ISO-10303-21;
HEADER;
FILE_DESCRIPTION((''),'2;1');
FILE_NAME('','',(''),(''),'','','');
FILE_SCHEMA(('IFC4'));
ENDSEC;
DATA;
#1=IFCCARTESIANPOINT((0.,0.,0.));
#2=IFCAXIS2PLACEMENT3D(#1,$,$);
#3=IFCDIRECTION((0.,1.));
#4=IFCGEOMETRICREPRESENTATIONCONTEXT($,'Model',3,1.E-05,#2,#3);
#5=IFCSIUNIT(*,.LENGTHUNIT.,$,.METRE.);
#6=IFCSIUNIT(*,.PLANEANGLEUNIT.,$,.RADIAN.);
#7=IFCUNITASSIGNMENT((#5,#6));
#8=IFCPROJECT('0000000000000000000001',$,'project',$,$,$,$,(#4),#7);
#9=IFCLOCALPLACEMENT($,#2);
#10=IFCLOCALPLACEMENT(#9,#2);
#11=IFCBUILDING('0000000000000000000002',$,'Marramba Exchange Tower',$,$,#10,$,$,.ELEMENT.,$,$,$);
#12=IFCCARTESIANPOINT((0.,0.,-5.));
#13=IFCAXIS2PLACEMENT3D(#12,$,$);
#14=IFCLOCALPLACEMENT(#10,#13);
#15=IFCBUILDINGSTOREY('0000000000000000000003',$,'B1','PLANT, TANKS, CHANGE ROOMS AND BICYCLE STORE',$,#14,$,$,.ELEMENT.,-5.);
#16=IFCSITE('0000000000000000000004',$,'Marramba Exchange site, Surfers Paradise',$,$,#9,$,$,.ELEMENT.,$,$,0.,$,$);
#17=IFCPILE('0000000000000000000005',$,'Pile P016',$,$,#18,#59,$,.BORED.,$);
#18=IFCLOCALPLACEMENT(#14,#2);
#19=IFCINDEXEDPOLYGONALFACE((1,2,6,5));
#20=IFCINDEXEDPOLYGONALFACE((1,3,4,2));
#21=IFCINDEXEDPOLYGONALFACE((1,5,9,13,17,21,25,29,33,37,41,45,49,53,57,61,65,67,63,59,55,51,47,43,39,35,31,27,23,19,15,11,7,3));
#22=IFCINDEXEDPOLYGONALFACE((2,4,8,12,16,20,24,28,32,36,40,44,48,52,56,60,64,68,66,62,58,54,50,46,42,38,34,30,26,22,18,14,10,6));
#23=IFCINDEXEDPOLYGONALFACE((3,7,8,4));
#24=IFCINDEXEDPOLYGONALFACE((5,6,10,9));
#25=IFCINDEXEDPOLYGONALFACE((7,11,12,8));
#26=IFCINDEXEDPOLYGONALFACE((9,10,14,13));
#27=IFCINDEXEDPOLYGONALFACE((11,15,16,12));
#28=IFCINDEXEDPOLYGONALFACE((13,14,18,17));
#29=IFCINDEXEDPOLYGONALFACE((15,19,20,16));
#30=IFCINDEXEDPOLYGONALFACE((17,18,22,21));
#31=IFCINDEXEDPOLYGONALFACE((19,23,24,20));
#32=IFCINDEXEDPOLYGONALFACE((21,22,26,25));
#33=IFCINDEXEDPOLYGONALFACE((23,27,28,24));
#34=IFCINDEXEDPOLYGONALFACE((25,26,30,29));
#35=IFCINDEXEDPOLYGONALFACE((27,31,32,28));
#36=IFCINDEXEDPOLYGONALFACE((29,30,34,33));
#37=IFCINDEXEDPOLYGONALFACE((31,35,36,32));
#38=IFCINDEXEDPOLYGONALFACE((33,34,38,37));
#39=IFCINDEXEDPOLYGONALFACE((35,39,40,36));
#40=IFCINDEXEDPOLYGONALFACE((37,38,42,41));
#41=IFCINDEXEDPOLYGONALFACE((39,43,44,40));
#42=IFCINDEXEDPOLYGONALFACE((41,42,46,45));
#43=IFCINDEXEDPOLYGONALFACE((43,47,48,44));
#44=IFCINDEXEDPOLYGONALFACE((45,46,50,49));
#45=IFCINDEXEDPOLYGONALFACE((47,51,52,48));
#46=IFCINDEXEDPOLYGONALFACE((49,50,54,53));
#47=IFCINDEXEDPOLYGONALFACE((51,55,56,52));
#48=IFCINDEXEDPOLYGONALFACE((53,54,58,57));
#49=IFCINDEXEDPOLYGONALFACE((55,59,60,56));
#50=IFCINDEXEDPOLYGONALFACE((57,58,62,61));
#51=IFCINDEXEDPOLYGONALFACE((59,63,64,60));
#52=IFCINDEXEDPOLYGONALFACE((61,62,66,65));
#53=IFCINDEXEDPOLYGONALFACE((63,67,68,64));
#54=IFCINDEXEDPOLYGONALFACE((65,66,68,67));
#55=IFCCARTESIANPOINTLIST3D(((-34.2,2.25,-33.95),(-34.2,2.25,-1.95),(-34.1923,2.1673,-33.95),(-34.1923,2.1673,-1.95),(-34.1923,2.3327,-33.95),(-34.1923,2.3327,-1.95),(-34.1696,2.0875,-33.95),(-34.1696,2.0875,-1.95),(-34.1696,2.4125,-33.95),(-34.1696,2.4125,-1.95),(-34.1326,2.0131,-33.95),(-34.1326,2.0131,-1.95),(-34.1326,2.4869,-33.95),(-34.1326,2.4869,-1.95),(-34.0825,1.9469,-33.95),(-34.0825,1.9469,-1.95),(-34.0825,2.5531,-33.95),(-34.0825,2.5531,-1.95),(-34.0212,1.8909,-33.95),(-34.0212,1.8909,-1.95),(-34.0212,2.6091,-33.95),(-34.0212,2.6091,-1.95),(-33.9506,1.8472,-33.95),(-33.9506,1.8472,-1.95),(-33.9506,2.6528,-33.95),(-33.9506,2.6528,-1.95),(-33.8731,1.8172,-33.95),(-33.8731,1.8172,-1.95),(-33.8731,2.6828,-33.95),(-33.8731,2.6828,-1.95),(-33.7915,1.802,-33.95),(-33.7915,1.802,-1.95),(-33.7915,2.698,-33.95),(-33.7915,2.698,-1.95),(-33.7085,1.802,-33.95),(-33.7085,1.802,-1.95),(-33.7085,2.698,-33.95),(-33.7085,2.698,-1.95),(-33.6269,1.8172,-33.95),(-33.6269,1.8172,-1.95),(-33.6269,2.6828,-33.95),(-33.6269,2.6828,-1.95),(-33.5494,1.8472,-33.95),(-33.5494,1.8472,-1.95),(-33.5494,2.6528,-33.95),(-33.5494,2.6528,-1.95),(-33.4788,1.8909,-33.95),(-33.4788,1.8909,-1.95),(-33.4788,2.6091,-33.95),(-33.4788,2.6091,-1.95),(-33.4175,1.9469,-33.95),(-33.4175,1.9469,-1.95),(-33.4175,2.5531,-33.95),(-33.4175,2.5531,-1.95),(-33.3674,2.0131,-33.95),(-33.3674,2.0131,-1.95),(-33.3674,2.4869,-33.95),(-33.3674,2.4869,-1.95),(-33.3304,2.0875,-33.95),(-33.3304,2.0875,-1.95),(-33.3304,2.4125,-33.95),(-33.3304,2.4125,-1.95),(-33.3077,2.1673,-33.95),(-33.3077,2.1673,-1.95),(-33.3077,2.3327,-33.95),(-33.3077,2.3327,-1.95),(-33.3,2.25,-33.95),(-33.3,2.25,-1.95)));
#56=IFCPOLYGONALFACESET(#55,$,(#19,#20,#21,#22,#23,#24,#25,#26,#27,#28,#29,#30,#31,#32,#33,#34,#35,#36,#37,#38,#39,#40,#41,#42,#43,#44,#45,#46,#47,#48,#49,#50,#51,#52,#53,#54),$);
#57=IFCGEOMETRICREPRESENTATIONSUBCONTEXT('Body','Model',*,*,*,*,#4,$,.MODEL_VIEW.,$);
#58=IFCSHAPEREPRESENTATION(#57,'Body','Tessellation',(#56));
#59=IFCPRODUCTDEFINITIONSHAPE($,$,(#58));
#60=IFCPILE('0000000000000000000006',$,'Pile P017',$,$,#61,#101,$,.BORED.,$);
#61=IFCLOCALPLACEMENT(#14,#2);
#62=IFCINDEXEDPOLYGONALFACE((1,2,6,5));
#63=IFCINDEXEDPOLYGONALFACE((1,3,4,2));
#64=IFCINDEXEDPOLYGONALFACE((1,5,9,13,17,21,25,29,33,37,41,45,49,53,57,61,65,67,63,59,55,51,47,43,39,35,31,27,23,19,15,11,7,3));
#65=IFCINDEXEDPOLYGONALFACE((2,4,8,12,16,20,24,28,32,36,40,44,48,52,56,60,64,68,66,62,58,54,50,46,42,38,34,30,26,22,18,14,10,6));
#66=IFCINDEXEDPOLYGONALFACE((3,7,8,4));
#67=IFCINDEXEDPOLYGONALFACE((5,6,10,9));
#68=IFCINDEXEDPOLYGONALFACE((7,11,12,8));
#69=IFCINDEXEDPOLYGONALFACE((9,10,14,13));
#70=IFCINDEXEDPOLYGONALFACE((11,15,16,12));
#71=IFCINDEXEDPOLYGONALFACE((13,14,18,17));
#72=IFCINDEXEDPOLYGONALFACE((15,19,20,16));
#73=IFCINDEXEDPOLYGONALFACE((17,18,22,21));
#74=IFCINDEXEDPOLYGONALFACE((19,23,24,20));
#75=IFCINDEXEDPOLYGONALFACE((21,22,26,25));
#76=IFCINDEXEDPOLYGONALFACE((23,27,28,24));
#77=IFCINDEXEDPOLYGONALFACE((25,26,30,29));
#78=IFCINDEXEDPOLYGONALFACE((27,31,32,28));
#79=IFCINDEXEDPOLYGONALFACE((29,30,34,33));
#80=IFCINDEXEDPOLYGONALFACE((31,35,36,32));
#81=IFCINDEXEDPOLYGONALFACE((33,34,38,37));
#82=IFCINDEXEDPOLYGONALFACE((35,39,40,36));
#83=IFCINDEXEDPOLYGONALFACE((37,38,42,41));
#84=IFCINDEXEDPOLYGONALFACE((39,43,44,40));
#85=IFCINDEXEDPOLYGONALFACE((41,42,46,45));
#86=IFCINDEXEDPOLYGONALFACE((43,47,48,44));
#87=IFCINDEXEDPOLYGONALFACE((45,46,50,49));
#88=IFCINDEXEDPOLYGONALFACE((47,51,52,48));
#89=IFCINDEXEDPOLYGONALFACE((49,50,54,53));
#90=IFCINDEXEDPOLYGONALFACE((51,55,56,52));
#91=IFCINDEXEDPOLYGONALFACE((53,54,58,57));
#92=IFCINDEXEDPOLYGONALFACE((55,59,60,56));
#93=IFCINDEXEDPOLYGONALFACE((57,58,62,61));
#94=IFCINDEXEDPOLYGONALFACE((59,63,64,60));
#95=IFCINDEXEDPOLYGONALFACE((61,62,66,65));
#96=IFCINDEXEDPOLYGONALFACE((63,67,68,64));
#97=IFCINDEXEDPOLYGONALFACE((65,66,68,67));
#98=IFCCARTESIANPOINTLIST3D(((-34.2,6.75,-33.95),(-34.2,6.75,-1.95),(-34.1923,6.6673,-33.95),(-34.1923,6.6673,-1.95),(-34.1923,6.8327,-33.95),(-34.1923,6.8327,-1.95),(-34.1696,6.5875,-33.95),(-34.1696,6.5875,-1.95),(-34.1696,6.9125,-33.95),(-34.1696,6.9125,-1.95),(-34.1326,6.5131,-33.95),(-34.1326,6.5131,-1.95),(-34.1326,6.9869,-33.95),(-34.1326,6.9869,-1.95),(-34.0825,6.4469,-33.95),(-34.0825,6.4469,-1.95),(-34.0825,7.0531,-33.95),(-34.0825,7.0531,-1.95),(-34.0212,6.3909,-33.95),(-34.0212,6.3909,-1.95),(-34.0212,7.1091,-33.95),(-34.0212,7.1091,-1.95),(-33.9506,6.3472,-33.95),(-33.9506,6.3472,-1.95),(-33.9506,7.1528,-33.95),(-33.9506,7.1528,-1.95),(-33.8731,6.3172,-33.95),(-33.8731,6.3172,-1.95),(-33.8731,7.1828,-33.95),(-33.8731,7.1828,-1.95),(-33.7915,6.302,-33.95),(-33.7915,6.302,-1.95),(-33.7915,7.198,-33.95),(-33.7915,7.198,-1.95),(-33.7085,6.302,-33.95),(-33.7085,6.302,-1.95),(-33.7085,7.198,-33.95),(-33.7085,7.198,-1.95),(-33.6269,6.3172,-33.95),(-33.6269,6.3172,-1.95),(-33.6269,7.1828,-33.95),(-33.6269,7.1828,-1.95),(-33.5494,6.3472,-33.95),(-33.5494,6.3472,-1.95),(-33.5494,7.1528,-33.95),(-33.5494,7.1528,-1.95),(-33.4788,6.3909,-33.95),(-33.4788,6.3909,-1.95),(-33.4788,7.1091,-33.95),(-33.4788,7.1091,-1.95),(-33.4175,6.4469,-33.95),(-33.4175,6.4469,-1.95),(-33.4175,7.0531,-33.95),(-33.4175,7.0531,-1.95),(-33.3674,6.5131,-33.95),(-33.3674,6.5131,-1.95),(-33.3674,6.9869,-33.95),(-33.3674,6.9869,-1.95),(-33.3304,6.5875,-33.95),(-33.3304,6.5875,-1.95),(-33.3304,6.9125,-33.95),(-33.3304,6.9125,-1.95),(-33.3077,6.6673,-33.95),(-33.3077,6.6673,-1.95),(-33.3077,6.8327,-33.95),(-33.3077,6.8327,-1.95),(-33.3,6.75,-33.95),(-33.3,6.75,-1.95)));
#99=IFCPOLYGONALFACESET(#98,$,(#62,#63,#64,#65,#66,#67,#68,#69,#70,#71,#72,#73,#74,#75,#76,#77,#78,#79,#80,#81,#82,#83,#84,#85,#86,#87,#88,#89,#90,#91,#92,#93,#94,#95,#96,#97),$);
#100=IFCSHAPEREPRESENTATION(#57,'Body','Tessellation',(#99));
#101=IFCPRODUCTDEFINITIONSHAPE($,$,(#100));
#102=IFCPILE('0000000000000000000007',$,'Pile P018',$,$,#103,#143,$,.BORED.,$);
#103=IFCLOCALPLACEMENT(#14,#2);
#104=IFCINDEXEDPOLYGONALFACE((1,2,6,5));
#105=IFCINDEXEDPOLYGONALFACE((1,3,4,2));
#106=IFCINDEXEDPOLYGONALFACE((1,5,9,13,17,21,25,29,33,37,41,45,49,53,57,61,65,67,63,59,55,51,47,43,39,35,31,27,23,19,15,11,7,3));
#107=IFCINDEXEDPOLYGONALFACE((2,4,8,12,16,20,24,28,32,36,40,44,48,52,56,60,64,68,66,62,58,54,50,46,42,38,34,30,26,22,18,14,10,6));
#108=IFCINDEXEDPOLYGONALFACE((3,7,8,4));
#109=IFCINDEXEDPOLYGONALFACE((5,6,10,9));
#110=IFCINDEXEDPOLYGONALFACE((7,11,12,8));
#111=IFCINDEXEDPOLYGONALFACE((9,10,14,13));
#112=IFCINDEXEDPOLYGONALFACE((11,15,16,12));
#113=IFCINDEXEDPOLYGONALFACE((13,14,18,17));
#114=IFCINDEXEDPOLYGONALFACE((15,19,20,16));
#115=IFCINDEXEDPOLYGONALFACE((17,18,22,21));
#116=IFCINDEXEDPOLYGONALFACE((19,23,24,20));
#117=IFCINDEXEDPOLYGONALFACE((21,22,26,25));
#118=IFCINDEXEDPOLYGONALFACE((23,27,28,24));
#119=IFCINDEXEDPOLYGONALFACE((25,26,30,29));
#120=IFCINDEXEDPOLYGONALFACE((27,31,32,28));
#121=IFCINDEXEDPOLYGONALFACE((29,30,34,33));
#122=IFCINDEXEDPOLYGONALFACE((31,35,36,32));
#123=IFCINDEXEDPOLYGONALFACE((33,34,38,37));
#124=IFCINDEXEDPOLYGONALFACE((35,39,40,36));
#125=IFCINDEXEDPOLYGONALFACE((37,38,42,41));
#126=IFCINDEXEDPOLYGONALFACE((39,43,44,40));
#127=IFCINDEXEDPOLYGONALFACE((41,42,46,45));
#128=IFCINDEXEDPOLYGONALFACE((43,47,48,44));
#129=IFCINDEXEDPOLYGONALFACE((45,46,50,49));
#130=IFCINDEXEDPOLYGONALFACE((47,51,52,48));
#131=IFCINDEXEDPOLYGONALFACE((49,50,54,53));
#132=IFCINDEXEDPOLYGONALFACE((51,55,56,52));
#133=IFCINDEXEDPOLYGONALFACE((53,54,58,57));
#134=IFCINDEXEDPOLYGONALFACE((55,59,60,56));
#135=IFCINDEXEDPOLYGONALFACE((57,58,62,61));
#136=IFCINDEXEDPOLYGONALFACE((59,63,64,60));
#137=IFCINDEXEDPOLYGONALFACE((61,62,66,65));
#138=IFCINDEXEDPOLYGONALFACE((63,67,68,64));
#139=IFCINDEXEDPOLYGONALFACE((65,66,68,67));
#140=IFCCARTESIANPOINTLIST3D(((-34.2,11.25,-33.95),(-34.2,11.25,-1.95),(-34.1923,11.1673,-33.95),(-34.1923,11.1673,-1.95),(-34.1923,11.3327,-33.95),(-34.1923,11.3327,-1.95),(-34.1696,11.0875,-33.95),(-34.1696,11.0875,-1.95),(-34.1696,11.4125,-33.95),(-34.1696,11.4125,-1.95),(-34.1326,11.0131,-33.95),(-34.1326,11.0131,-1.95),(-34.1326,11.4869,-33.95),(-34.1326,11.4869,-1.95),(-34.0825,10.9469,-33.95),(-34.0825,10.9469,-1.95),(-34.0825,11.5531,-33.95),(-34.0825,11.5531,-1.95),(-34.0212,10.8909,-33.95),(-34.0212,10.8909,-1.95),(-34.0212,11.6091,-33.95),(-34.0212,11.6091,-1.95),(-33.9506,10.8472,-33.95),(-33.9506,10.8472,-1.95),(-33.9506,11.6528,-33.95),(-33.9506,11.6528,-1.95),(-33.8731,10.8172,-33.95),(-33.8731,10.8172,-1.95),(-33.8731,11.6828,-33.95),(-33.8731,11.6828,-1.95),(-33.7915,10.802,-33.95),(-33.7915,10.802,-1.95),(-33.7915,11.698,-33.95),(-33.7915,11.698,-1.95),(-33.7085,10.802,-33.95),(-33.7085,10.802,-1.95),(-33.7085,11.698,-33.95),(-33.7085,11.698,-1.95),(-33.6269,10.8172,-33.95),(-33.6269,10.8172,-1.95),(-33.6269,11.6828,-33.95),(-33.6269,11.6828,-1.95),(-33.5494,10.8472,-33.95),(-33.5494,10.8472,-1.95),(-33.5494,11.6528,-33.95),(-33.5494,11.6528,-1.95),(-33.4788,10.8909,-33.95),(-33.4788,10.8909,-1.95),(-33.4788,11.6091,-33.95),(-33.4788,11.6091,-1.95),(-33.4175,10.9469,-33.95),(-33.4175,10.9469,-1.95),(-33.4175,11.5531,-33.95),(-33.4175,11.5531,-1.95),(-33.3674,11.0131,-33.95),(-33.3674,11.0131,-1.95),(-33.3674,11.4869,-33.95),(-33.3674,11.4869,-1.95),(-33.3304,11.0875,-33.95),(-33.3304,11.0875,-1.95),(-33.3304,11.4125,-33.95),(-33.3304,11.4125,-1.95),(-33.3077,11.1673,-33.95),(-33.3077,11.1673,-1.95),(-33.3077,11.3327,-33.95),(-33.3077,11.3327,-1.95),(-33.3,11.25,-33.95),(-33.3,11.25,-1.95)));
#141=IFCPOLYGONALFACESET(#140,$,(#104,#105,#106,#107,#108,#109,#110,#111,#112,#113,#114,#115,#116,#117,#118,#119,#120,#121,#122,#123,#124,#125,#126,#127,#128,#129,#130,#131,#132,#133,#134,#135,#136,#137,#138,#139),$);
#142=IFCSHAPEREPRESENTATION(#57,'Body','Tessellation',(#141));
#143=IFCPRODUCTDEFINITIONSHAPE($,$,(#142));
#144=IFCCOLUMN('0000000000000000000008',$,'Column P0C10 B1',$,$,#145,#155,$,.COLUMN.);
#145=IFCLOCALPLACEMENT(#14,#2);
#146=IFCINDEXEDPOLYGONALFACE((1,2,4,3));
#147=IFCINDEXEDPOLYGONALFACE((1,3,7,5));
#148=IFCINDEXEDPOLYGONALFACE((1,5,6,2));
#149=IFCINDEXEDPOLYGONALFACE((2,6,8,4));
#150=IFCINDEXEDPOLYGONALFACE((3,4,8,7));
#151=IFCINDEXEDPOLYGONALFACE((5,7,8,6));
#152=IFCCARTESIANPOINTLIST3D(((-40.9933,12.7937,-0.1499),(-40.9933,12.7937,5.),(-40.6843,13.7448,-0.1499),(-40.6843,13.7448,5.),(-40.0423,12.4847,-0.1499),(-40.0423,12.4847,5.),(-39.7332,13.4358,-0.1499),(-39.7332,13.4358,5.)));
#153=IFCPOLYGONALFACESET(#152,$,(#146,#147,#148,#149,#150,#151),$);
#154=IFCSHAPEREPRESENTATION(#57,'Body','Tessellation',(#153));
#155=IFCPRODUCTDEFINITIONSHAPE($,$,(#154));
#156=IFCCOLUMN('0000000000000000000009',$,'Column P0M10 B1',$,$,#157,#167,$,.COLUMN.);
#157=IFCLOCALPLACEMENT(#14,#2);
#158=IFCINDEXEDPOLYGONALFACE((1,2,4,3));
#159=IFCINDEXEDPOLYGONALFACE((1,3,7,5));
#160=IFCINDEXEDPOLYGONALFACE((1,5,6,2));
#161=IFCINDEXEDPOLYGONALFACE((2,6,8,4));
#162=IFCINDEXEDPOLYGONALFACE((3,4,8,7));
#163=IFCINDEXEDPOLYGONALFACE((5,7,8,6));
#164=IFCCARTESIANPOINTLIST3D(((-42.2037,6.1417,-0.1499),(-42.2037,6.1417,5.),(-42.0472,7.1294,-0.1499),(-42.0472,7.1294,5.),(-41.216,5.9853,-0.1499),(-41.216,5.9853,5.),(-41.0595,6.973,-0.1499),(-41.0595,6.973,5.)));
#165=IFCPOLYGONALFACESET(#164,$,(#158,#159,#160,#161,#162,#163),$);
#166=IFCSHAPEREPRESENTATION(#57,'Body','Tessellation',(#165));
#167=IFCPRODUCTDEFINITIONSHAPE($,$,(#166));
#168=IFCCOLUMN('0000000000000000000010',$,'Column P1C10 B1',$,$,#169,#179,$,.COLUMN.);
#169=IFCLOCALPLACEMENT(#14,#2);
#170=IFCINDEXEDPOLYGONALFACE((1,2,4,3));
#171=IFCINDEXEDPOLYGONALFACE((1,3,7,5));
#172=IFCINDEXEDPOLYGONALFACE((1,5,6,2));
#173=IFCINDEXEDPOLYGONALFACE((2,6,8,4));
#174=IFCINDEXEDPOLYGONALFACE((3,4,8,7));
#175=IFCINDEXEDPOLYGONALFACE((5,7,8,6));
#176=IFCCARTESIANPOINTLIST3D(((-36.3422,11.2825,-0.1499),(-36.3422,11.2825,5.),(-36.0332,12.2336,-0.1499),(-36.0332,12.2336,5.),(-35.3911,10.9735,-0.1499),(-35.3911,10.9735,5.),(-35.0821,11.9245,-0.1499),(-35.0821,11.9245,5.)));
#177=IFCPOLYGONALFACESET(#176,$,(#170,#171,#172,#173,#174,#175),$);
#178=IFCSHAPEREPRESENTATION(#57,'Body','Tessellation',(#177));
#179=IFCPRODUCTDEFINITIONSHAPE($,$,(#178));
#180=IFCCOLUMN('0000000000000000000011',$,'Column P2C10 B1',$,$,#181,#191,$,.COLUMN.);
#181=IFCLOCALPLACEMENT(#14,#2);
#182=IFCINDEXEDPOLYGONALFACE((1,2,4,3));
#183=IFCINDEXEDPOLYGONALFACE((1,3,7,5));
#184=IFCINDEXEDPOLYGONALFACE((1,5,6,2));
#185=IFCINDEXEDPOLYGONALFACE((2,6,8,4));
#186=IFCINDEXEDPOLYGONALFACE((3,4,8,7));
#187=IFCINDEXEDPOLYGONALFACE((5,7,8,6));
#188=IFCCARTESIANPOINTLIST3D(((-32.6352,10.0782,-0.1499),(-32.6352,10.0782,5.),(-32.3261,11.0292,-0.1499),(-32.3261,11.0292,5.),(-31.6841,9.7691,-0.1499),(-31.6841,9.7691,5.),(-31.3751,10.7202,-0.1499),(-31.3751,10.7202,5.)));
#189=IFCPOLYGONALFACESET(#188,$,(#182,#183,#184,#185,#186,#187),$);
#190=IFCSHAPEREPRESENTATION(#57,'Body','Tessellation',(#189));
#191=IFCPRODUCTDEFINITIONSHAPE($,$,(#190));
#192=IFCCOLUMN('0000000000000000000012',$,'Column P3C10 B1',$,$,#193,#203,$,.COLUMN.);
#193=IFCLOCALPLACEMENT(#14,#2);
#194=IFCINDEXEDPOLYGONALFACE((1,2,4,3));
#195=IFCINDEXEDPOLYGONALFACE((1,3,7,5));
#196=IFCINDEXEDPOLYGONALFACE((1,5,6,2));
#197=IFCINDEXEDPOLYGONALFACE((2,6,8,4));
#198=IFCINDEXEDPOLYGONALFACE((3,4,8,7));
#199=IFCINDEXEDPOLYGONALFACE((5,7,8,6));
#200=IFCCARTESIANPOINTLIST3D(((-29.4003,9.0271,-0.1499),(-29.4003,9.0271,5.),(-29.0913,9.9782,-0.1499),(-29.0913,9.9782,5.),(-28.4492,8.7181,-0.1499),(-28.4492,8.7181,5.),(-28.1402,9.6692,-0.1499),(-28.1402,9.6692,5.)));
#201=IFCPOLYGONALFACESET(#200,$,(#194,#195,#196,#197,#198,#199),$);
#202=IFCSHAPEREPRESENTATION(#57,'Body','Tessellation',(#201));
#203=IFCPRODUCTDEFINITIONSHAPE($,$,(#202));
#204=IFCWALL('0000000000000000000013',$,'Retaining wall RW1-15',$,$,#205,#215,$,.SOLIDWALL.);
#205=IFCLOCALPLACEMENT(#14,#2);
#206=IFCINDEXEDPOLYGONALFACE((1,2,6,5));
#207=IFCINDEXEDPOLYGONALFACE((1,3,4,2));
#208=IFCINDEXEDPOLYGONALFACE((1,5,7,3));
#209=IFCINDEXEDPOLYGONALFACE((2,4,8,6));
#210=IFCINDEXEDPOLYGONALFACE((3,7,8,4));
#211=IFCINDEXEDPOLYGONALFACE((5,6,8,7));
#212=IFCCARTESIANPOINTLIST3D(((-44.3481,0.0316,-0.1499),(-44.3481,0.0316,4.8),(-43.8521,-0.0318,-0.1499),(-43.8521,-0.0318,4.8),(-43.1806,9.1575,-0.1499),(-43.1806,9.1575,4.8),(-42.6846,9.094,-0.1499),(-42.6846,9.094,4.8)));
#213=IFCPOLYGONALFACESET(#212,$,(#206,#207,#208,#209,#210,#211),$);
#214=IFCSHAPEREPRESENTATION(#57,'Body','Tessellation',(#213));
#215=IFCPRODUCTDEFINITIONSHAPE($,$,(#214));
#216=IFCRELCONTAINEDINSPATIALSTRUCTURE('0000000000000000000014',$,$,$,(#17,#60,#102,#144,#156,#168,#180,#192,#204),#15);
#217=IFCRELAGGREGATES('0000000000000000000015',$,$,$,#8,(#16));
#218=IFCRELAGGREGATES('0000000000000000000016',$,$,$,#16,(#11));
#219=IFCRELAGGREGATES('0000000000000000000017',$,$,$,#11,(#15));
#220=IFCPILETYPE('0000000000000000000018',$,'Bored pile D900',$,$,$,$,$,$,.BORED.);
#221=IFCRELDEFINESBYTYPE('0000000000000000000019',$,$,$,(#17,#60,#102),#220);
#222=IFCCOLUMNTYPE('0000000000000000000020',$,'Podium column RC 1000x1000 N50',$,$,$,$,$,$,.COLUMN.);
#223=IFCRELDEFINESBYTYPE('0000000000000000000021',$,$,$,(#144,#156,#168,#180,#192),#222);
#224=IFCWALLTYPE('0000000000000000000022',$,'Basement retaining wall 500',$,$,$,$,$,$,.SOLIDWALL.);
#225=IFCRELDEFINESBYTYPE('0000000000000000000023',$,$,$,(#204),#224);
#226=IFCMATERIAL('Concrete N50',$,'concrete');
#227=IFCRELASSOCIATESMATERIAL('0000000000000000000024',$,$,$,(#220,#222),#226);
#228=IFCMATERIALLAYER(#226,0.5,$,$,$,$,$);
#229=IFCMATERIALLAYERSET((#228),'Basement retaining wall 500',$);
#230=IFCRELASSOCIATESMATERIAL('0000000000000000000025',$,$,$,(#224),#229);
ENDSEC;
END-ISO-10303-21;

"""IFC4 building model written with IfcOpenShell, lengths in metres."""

from ifc_helpers import new_model, si_unit, direction, frame, frame_2d, origin, origin_2d, place, context, subcontext, project, spatial, rectangle, circle, extrude, material, layer, layer_set, material_profile, profile_set, type_object, element, save


model = new_model("IFC4")

# Units and contexts
model_context = context("Model", 3, precision=1e-05, world=origin(), true_north=direction((0.0, 1.0)))
body_context = subcontext(model_context, "Body", "Model", "MODEL_VIEW")
ifc_project = project(units=[si_unit("LENGTHUNIT", "METRE"), si_unit("PLANEANGLEUNIT", "RADIAN")], contexts=[model_context])

# Site, building, storey
site_placement = place(None, origin())
site = spatial("IfcSite", under=ifc_project, at=site_placement, Name="Marramba Exchange site, Surfers Paradise", CompositionType="ELEMENT", RefElevation=0.0)
building_placement = place(site_placement, origin())
building = spatial("IfcBuilding", under=site, at=building_placement, Name="Marramba Exchange Tower", CompositionType="ELEMENT")
storey_placement = place(building_placement, frame((0.0, 0.0, -5.0)))
storey = spatial("IfcBuildingStorey", under=building, at=storey_placement, Name="B1", Description="PLANT, TANKS, CHANGE ROOMS AND BICYCLE STORE", CompositionType="ELEMENT", Elevation=-5.0)

# Piles
ifc_material_1 = material(Name="Concrete N50", Category="concrete")
ifc_material_profile_1 = material_profile(ifc_material_1, circle(Radius=0.45, at=origin_2d()), Name="BP D900")
ifc_profile_set_1 = profile_set([ifc_material_profile_1], Name="Concrete N50")
pile_type = type_object("IfcPileType", Name="Bored pile D900", PredefinedType="BORED", material=ifc_profile_set_1)
for number, where, z_axis, x_axis, name in (
    (1, (-33.75, 2.25, -1.95), (0.0, 0.0, -1.0), (1.0, 0.0, 0.0), "Pile P016"),
    (2, (-33.75, 6.75, -1.95), (0.0, 0.0, -1.0), (1.0, 0.0, 0.0), "Pile P017"),
    (3, (-33.75, 11.25, -1.95), (0.0, 0.0, -1.0), (1.0, 0.0, 0.0), "Pile P018"),
):
    element("IfcPile", number, at=place(storey_placement, frame(where, z_axis=z_axis, x_axis=x_axis)), inside=storey, type_object=pile_type, Name=name, PredefinedType="BORED", context=body_context, shape_type="SweptSolid", body=[
        extrude(circle(Radius=0.45, at=origin_2d()), origin(), (0.0, 0.0, 1.0), 32.0),
    ])

# Columns
ifc_material_profile_2 = material_profile(ifc_material_1, rectangle(XDim=1.0, YDim=1.0, at=origin_2d()), Name="RC 1000x1000")
ifc_profile_set_2 = profile_set([ifc_material_profile_2], Name="Concrete N50")
column_type = type_object("IfcColumnType", Name="Podium column RC 1000x1000 N50", PredefinedType="COLUMN", material=ifc_profile_set_2)
for number, where, z_axis, x_axis, name in (
    (4, (-40.3633, 13.1147, -0.1499), (0.0, 0.0, 1.0), (-0.951057, 0.309017, 0.0), "Column P0C10 B1"),
    (5, (-41.6316, 6.5574, -0.1499), (0.0, 0.0, 1.0), (-0.987688, 0.156434, 0.0), "Column P0M10 B1"),
    (6, (-35.7122, 11.6035, -0.1499), (0.0, 0.0, 1.0), (-0.951057, 0.309017, 0.0), "Column P1C10 B1"),
    (7, (-32.0051, 10.3992, -0.1499), (0.0, 0.0, 1.0), (-0.951057, 0.309017, 0.0), "Column P2C10 B1"),
    (8, (-28.7703, 9.3481, -0.1499), (0.0, 0.0, 1.0), (-0.951057, 0.309017, 0.0), "Column P3C10 B1"),
):
    element("IfcColumn", number, at=place(storey_placement, frame(where, z_axis=z_axis, x_axis=x_axis)), inside=storey, type_object=column_type, Name=name, PredefinedType="COLUMN", context=body_context, shape_type="SweptSolid", body=[
        extrude(rectangle(XDim=1.0, YDim=1.0, at=origin_2d()), origin(), (0.0, 0.0, 1.0), 5.1499),
    ])

# Wall
ifc_layer_1 = layer(ifc_material_1, 0.5)
ifc_layer_set_1 = layer_set([ifc_layer_1], Name="Basement retaining wall 500")
wall_type_1 = type_object("IfcWallType", Name="Basement retaining wall 500", PredefinedType="SOLIDWALL", material=ifc_layer_set_1)
wall_1_placement = place(storey_placement, frame((-42.9326, 9.1257, -0.1499), z_axis=(0.0, 0.0, 1.0), x_axis=(-0.126899, -0.991916, 0.0)))
element("IfcWall", 9, at=wall_1_placement, inside=storey, type_object=wall_type_1, Name="Retaining wall RW1-15", PredefinedType="SOLIDWALL", context=body_context, shape_type="SweptSolid", body=[
    extrude(rectangle(XDim=9.2002, YDim=0.5, at=frame_2d((4.6001, 0.0))), origin(), (0.0, 0.0, 1.0), 4.95),
])

save(model, "model.ifc")
